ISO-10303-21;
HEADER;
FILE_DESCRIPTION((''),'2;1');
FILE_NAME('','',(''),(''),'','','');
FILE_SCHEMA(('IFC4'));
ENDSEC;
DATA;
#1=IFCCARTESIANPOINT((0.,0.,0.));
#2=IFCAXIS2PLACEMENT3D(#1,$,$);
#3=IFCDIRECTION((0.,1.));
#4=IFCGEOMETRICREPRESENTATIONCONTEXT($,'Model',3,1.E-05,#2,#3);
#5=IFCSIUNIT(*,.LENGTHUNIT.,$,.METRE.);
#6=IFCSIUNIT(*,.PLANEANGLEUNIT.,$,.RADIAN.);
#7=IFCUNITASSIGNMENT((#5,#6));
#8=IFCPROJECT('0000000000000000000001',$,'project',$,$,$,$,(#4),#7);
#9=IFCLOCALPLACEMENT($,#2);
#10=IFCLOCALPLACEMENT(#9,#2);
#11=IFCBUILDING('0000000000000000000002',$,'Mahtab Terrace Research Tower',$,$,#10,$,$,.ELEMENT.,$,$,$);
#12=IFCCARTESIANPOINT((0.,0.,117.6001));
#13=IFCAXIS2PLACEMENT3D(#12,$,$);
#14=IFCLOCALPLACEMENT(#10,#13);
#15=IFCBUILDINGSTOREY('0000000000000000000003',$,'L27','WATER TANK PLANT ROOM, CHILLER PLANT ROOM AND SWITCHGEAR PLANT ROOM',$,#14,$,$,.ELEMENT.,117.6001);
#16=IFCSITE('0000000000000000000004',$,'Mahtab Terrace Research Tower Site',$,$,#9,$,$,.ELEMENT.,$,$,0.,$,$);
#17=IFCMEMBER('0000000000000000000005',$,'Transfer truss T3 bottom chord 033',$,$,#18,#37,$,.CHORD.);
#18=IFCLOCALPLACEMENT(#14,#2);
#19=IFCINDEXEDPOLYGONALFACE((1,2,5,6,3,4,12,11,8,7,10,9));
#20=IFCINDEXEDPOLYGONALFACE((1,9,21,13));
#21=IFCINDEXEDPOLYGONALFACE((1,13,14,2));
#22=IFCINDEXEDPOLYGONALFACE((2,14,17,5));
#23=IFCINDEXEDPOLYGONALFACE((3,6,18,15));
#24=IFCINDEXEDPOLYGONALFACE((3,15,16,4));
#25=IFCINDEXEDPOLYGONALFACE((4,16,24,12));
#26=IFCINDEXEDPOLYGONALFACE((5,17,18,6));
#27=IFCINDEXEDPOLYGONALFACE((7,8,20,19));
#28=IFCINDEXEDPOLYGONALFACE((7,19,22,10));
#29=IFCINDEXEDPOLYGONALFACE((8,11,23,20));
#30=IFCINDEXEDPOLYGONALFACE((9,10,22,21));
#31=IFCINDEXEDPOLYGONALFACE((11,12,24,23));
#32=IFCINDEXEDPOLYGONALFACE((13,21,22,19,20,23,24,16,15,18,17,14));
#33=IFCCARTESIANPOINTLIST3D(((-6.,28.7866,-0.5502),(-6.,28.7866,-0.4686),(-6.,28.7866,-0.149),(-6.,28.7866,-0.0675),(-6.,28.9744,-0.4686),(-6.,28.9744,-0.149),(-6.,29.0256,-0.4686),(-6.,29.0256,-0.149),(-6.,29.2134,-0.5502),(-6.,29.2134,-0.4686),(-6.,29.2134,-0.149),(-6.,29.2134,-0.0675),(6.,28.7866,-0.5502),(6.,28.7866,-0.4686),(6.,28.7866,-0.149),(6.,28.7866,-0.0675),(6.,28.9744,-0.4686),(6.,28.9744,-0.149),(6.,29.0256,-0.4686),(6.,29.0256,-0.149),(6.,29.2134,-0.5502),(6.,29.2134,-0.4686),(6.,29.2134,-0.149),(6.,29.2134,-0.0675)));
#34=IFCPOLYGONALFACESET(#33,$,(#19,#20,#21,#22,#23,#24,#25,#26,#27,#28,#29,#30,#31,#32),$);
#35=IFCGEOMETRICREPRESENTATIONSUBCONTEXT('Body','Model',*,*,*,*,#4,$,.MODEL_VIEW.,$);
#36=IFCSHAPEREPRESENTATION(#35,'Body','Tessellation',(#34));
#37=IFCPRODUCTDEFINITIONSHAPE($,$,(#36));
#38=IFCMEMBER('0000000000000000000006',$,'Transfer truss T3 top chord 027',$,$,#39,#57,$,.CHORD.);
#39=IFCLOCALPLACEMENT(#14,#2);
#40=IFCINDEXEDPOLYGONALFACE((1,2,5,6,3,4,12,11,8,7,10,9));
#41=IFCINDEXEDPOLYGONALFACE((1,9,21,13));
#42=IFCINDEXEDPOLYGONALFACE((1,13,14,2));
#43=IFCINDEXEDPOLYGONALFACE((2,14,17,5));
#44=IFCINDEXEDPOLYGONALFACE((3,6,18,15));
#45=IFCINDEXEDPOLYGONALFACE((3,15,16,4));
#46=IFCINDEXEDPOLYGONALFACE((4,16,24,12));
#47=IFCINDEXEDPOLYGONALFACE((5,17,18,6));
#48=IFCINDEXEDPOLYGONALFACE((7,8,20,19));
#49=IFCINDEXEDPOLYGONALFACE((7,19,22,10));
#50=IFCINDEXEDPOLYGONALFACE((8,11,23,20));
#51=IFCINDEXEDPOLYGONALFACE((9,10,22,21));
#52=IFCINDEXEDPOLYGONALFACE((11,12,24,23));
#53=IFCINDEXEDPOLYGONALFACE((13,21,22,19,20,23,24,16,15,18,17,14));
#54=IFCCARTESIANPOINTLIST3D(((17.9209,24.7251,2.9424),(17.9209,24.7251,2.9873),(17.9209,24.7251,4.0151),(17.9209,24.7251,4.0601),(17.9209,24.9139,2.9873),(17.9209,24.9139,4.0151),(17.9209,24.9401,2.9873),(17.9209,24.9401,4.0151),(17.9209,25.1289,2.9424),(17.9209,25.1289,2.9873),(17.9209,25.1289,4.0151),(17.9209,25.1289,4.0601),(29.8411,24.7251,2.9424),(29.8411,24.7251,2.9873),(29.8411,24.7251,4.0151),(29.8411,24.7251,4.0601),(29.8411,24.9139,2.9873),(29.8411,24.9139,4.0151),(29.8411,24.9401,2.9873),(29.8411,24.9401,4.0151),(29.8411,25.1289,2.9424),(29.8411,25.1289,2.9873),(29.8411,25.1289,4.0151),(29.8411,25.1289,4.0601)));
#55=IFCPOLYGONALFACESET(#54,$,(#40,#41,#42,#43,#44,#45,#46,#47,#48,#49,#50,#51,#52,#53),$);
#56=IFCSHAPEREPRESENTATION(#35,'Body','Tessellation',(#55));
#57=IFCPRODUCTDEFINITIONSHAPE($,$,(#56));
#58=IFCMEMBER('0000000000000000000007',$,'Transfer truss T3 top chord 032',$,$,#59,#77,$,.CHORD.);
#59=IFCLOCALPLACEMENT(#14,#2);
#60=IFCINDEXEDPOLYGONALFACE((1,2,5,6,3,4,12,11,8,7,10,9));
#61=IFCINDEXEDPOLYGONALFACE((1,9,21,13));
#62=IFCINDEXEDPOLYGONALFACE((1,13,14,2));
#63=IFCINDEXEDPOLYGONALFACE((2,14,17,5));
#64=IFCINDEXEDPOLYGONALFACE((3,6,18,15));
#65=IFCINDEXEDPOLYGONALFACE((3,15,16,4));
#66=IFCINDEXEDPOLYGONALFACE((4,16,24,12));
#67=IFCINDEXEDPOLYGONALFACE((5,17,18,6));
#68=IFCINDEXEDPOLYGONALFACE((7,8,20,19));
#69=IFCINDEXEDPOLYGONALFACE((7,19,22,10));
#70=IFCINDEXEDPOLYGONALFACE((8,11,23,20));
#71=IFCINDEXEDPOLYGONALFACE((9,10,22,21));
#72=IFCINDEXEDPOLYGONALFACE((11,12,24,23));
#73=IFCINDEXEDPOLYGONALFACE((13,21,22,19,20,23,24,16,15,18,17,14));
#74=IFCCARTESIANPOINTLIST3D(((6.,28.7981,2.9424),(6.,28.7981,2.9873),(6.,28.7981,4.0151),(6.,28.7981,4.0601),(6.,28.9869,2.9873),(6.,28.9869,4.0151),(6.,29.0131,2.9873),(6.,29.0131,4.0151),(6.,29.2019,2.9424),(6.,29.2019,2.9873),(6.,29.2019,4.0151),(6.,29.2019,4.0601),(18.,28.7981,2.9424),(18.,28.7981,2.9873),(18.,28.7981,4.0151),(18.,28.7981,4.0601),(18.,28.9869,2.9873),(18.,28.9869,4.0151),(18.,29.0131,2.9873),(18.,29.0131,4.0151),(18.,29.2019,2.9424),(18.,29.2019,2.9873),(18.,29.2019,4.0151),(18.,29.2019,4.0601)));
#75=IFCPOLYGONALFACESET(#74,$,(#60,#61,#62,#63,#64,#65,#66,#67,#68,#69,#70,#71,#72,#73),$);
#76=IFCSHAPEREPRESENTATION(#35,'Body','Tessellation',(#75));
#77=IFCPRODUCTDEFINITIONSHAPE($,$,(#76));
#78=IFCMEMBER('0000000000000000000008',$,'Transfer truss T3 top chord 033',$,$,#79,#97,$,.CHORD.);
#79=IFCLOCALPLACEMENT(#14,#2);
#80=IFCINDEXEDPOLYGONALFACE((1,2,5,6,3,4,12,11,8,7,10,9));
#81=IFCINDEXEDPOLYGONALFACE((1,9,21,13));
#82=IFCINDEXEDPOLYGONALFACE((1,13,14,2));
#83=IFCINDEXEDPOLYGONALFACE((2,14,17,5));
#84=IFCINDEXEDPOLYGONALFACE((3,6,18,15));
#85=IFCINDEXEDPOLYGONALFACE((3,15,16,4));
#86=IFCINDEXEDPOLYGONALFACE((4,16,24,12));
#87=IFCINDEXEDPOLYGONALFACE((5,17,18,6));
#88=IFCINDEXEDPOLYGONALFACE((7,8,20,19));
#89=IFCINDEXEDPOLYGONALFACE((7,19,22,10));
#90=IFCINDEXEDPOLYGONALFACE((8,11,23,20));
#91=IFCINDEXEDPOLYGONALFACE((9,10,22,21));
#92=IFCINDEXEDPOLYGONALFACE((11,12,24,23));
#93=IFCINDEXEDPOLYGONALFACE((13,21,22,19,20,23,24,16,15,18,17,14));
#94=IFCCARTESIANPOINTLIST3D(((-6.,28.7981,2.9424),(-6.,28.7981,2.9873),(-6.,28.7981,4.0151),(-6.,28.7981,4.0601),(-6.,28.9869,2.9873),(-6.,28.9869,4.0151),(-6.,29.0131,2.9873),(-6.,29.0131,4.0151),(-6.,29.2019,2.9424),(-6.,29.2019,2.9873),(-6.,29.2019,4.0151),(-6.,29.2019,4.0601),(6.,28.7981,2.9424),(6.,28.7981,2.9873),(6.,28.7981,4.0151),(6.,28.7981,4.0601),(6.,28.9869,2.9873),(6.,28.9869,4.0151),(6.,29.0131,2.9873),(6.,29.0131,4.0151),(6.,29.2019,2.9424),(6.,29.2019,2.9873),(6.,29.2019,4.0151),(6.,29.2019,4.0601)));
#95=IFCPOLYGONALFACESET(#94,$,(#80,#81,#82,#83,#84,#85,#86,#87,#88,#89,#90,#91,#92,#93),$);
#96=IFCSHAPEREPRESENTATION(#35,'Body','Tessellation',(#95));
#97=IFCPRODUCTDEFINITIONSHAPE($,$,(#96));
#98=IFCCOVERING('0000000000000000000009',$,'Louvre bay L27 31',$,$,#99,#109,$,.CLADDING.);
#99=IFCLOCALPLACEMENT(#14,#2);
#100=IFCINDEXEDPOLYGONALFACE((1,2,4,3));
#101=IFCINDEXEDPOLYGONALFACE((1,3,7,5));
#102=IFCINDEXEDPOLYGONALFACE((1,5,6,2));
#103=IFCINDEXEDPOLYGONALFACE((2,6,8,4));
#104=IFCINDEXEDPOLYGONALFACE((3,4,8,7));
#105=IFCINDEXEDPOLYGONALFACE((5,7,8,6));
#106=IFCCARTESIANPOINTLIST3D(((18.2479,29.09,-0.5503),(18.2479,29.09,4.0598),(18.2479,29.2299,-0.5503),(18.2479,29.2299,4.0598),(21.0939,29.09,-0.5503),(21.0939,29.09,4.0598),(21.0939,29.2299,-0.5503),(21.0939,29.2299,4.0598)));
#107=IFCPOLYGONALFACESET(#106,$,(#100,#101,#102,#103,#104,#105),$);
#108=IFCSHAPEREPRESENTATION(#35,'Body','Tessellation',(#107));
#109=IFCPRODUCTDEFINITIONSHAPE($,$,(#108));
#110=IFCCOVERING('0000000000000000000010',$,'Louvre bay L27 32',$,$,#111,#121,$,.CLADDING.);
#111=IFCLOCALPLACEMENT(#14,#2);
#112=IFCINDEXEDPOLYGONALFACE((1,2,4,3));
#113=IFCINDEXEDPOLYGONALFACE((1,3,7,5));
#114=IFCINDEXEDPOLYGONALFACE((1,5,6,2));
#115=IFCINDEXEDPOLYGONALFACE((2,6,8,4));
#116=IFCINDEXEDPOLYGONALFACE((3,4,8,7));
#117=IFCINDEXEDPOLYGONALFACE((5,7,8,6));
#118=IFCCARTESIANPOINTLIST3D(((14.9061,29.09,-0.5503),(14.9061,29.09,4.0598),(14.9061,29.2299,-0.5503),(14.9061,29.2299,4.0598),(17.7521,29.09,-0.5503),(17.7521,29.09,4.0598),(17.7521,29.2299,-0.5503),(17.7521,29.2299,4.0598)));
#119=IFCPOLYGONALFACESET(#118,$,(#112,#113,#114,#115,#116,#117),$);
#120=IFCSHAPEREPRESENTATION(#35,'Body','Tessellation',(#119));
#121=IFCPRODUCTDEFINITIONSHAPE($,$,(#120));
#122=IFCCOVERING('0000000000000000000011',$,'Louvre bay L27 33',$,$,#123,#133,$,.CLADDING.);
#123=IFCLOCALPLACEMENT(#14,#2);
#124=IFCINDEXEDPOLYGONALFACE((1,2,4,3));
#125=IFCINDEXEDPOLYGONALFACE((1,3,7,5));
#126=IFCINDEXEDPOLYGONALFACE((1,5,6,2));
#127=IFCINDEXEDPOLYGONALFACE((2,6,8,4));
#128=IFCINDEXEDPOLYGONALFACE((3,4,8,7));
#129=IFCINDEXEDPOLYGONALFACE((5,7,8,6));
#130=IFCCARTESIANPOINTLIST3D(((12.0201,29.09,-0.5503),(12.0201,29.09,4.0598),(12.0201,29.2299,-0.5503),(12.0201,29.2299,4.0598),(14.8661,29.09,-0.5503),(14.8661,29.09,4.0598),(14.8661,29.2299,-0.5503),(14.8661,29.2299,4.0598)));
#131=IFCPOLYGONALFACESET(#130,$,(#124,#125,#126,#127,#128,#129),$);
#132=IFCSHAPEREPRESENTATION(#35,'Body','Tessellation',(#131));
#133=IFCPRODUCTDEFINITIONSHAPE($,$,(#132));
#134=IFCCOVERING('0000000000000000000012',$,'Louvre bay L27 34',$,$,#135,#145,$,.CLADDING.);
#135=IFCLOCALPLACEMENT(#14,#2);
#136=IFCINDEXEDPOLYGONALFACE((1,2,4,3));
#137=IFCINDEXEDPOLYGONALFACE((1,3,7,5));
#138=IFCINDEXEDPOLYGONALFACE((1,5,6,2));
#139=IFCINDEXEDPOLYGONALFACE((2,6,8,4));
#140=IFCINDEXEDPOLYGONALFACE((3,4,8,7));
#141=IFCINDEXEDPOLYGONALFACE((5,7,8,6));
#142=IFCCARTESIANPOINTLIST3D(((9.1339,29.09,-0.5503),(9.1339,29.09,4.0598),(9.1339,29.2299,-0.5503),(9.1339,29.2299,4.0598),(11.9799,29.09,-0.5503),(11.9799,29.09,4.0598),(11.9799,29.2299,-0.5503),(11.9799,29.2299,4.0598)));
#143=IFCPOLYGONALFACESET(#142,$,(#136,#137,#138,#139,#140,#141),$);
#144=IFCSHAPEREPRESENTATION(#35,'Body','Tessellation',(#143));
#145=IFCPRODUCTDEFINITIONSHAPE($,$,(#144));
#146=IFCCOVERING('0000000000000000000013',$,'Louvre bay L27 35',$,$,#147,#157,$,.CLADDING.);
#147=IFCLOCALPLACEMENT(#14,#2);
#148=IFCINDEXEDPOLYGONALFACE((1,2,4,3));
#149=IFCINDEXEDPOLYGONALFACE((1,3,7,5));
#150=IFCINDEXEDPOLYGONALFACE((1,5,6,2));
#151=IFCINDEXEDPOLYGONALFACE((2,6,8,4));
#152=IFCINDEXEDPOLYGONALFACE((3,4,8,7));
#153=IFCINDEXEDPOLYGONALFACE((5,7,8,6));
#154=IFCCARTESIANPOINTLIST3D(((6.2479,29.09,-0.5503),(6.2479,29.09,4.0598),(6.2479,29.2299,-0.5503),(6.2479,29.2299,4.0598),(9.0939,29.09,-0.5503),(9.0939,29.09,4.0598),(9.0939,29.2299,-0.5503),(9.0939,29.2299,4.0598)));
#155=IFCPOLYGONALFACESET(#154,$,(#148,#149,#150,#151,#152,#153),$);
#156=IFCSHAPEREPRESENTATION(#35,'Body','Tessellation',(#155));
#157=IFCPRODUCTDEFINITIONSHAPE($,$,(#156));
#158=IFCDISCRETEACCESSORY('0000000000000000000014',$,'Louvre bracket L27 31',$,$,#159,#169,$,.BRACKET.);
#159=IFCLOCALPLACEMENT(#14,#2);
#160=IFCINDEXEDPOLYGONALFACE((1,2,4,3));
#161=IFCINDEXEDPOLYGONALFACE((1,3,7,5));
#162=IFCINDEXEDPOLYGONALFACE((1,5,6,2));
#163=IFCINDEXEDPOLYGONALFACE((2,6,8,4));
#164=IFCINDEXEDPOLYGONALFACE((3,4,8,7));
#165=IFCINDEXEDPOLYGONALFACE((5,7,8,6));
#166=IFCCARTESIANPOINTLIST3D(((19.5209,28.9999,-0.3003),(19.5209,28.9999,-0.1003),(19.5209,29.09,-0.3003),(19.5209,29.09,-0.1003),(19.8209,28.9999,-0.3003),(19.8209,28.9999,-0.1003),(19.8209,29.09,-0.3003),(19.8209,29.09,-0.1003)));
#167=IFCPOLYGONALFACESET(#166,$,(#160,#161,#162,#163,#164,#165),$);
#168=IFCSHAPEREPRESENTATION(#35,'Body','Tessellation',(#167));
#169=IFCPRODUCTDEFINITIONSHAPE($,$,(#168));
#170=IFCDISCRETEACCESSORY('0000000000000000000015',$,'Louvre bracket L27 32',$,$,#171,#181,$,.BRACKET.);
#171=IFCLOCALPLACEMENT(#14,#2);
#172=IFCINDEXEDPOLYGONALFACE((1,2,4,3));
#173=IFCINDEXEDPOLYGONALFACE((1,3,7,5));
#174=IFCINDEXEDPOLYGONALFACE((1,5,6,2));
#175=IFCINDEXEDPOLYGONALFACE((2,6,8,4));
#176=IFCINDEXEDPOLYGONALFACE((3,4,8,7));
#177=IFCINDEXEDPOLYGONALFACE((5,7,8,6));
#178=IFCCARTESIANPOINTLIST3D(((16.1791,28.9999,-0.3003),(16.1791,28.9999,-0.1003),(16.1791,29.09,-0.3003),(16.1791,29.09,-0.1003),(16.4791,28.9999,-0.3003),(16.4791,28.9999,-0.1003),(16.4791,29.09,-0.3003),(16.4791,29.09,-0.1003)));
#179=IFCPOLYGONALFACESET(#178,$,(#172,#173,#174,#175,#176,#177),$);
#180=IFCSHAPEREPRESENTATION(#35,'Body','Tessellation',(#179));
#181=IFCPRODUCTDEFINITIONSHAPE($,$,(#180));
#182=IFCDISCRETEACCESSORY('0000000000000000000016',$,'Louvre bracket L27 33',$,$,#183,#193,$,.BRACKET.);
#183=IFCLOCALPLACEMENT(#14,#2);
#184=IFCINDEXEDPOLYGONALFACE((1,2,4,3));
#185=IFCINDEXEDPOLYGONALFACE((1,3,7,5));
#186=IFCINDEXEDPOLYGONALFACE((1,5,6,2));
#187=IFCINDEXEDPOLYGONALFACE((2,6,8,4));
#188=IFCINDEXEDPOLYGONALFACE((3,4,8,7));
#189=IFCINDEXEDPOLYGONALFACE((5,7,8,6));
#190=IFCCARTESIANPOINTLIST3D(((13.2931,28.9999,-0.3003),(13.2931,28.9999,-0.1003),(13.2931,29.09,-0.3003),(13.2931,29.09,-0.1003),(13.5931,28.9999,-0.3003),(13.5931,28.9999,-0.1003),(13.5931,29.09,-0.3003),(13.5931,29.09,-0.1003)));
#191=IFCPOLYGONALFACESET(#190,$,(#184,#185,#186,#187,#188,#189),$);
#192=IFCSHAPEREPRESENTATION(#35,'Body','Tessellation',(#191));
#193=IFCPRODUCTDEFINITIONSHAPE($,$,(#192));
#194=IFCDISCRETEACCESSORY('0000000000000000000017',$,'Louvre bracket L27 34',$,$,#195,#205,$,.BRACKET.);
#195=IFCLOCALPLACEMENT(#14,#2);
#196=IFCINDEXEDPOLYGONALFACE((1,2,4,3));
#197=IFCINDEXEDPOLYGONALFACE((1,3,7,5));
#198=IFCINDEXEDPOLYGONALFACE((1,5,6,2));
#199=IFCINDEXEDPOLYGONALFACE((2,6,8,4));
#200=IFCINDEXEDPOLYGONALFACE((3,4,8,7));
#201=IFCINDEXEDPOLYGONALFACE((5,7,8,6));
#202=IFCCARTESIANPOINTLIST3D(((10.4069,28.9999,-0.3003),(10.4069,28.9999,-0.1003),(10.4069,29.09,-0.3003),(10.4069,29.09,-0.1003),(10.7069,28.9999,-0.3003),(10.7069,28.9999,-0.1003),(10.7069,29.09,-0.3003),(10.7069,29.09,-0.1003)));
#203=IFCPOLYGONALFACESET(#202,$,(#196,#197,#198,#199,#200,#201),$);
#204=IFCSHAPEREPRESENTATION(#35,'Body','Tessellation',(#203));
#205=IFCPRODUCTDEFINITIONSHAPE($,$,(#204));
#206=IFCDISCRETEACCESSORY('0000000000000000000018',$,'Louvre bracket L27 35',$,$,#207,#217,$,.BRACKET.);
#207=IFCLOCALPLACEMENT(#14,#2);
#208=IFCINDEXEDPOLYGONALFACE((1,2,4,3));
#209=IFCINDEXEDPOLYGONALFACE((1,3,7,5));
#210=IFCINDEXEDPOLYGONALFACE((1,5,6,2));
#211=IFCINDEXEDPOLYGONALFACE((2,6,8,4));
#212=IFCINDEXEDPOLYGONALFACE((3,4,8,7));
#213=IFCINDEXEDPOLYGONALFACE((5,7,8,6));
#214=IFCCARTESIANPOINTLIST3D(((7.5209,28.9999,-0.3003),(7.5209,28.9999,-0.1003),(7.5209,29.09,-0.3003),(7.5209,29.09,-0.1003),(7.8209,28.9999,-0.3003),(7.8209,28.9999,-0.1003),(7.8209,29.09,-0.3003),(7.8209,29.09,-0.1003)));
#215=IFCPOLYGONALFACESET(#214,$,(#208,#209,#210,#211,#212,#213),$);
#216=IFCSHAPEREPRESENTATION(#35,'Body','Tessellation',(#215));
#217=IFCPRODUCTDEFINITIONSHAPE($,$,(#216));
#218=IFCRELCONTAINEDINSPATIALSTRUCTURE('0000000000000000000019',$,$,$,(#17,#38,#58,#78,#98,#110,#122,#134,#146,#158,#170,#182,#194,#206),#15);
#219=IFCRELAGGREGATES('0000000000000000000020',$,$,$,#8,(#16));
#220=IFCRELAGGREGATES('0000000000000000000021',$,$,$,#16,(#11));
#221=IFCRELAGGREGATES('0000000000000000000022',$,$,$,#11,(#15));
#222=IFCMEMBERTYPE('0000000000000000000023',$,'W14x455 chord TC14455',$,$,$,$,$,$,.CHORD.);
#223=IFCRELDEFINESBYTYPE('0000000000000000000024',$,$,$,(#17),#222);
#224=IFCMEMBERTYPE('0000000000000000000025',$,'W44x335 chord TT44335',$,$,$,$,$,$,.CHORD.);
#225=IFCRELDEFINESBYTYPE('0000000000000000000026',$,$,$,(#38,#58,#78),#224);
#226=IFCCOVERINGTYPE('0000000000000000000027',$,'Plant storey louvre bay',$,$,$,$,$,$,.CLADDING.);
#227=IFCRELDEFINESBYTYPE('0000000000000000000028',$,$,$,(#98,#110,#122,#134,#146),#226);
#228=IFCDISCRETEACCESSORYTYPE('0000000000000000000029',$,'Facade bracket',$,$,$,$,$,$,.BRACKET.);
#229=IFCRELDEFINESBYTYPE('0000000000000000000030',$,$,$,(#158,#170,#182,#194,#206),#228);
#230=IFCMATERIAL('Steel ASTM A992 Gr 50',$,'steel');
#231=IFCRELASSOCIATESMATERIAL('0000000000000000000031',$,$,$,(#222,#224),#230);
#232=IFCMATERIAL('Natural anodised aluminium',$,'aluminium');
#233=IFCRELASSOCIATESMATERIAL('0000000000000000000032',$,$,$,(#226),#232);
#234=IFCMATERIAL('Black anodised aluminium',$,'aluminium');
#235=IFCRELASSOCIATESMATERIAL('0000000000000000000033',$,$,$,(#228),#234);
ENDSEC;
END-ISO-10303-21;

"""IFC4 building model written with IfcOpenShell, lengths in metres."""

from ifc_helpers import new_model, si_unit, direction, frame, origin, origin_2d, place, context, subcontext, project, spatial, rectangle, i_section, extrude, material, material_profile, profile_set, type_object, element, save


model = new_model("IFC4")

# Units and contexts
model_context = context("Model", 3, precision=1e-05, world=origin(), true_north=direction((0.0, 1.0)))
body_context = subcontext(model_context, "Body", "Model", "MODEL_VIEW")
ifc_project = project(units=[si_unit("LENGTHUNIT", "METRE"), si_unit("PLANEANGLEUNIT", "RADIAN")], contexts=[model_context])

# Site, building, storey
site_placement = place(None, origin())
site = spatial("IfcSite", under=ifc_project, at=site_placement, Name="Mahtab Terrace Research Tower Site", CompositionType="ELEMENT", RefElevation=0.0)
building_placement = place(site_placement, origin())
building = spatial("IfcBuilding", under=site, at=building_placement, Name="Mahtab Terrace Research Tower", CompositionType="ELEMENT")
storey_placement = place(building_placement, frame((0.0, 0.0, 117.6001)))
storey = spatial("IfcBuildingStorey", under=building, at=storey_placement, Name="L27", Description="WATER TANK PLANT ROOM, CHILLER PLANT ROOM AND SWITCHGEAR PLANT ROOM", CompositionType="ELEMENT", Elevation=117.6001)

# Shared definitions
ifc_material_1 = material(Name="Steel ASTM A992 Gr 50", Category="steel")

# Members
ifc_material_profile_1 = material_profile(ifc_material_1, i_section(OverallWidth=0.4268, OverallDepth=0.4827, WebThickness=0.0513, FlangeThickness=0.0815, at=origin_2d()), Name="W14X455")
ifc_profile_set_1 = profile_set([ifc_material_profile_1], Name="Steel ASTM A992 Gr 50")
member_type_1 = type_object("IfcMemberType", Name="W14x455 chord TC14455", PredefinedType="CHORD", material=ifc_profile_set_1)
for number, where, z_axis, x_axis, name in (
    (1, (6.0, 29.0, -0.3088), (-1.0, 0.0, 0.0), (0.0, -1.0, 0.0), "Transfer truss T3 bottom chord 033"),
):
    element("IfcMember", number, at=place(storey_placement, frame(where, z_axis=z_axis, x_axis=x_axis)), inside=storey, type_object=member_type_1, Name=name, PredefinedType="CHORD", context=body_context, shape_type="SweptSolid", body=[
        extrude(i_section(OverallWidth=0.4268, OverallDepth=0.4827, WebThickness=0.0513, FlangeThickness=0.0815, at=origin_2d()), origin(), (0.0, 0.0, 1.0), 12.0),
    ])
ifc_material_profile_2 = material_profile(ifc_material_1, i_section(OverallWidth=0.4038, OverallDepth=1.1177, WebThickness=0.0261, FlangeThickness=0.0449, at=origin_2d()), Name="W44X335")
ifc_profile_set_2 = profile_set([ifc_material_profile_2], Name="Steel ASTM A992 Gr 50")
member_type_2 = type_object("IfcMemberType", Name="W44x335 chord TT44335", PredefinedType="CHORD", material=ifc_profile_set_2)
member_placement = place(storey_placement, frame((17.9209, 24.927, 3.5012), z_axis=(1.0, 0.0, 0.0), x_axis=(0.0, 1.0, 0.0)))
element("IfcMember", 2, at=member_placement, inside=storey, type_object=member_type_2, Name="Transfer truss T3 top chord 027", PredefinedType="CHORD", context=body_context, shape_type="SweptSolid", body=[
    extrude(i_section(OverallWidth=0.4038, OverallDepth=1.1177, WebThickness=0.0261, FlangeThickness=0.0449, at=origin_2d()), origin(), (0.0, 0.0, 1.0), 11.9202),
])
for number, where, z_axis, x_axis, name in (
    (3, (18.0, 29.0, 3.5012), (-1.0, 0.0, 0.0), (0.0, -1.0, 0.0), "Transfer truss T3 top chord 032"),
    (4, (6.0, 29.0, 3.5012), (-1.0, 0.0, 0.0), (0.0, -1.0, 0.0), "Transfer truss T3 top chord 033"),
):
    element("IfcMember", number, at=place(storey_placement, frame(where, z_axis=z_axis, x_axis=x_axis)), inside=storey, type_object=member_type_2, Name=name, PredefinedType="CHORD", context=body_context, shape_type="SweptSolid", body=[
        extrude(i_section(OverallWidth=0.4038, OverallDepth=1.1177, WebThickness=0.0261, FlangeThickness=0.0449, at=origin_2d()), origin(), (0.0, 0.0, 1.0), 12.0),
    ])

# Coverings
ifc_material_2 = material(Name="Natural anodised aluminium", Category="aluminium")
covering_type = type_object("IfcCoveringType", Name="Plant storey louvre bay", PredefinedType="CLADDING", material=ifc_material_2)
for number, where, z_axis, x_axis, name in (
    (5, (19.6709, 29.1599, -0.5503), (0.0, 0.0, 1.0), (-1.0, 0.0, 0.0), "Louvre bay L27 31"),
    (6, (16.3291, 29.1599, -0.5503), (0.0, 0.0, 1.0), (-1.0, 0.0, 0.0), "Louvre bay L27 32"),
    (7, (13.4431, 29.1599, -0.5503), (0.0, 0.0, 1.0), (-1.0, 0.0, 0.0), "Louvre bay L27 33"),
    (8, (10.5569, 29.1599, -0.5503), (0.0, 0.0, 1.0), (-1.0, 0.0, 0.0), "Louvre bay L27 34"),
    (9, (7.6709, 29.1599, -0.5503), (0.0, 0.0, 1.0), (-1.0, 0.0, 0.0), "Louvre bay L27 35"),
):
    element("IfcCovering", number, at=place(storey_placement, frame(where, z_axis=z_axis, x_axis=x_axis)), inside=storey, type_object=covering_type, Name=name, PredefinedType="CLADDING", context=body_context, shape_type="SweptSolid", body=[
        extrude(rectangle(XDim=2.8459, YDim=0.1399, at=origin_2d()), origin(), (0.0, 0.0, 1.0), 4.6101),
    ])

# Discrete accessories
ifc_material_3 = material(Name="Black anodised aluminium", Category="aluminium")
discrete_accessory_type_1 = type_object("IfcDiscreteAccessoryType", Name="Facade bracket", PredefinedType="BRACKET", material=ifc_material_3)
for number, where, z_axis, x_axis, name in (
    (10, (19.6709, 29.0449, -0.3003), (0.0, 0.0, 1.0), (-1.0, 0.0, 0.0), "Louvre bracket L27 31"),
    (11, (16.3291, 29.0449, -0.3003), (0.0, 0.0, 1.0), (-1.0, 0.0, 0.0), "Louvre bracket L27 32"),
    (12, (13.4431, 29.0449, -0.3003), (0.0, 0.0, 1.0), (-1.0, 0.0, 0.0), "Louvre bracket L27 33"),
    (13, (10.5569, 29.0449, -0.3003), (0.0, 0.0, 1.0), (-1.0, 0.0, 0.0), "Louvre bracket L27 34"),
    (14, (7.6709, 29.0449, -0.3003), (0.0, 0.0, 1.0), (-1.0, 0.0, 0.0), "Louvre bracket L27 35"),
):
    element("IfcDiscreteAccessory", number, at=place(storey_placement, frame(where, z_axis=z_axis, x_axis=x_axis)), inside=storey, type_object=discrete_accessory_type_1, Name=name, PredefinedType="BRACKET", context=body_context, shape_type="SweptSolid", body=[
        extrude(rectangle(XDim=0.3, YDim=0.0901, at=origin_2d()), origin(), (0.0, 0.0, 1.0), 0.2),
    ])

save(model, "model.ifc")
